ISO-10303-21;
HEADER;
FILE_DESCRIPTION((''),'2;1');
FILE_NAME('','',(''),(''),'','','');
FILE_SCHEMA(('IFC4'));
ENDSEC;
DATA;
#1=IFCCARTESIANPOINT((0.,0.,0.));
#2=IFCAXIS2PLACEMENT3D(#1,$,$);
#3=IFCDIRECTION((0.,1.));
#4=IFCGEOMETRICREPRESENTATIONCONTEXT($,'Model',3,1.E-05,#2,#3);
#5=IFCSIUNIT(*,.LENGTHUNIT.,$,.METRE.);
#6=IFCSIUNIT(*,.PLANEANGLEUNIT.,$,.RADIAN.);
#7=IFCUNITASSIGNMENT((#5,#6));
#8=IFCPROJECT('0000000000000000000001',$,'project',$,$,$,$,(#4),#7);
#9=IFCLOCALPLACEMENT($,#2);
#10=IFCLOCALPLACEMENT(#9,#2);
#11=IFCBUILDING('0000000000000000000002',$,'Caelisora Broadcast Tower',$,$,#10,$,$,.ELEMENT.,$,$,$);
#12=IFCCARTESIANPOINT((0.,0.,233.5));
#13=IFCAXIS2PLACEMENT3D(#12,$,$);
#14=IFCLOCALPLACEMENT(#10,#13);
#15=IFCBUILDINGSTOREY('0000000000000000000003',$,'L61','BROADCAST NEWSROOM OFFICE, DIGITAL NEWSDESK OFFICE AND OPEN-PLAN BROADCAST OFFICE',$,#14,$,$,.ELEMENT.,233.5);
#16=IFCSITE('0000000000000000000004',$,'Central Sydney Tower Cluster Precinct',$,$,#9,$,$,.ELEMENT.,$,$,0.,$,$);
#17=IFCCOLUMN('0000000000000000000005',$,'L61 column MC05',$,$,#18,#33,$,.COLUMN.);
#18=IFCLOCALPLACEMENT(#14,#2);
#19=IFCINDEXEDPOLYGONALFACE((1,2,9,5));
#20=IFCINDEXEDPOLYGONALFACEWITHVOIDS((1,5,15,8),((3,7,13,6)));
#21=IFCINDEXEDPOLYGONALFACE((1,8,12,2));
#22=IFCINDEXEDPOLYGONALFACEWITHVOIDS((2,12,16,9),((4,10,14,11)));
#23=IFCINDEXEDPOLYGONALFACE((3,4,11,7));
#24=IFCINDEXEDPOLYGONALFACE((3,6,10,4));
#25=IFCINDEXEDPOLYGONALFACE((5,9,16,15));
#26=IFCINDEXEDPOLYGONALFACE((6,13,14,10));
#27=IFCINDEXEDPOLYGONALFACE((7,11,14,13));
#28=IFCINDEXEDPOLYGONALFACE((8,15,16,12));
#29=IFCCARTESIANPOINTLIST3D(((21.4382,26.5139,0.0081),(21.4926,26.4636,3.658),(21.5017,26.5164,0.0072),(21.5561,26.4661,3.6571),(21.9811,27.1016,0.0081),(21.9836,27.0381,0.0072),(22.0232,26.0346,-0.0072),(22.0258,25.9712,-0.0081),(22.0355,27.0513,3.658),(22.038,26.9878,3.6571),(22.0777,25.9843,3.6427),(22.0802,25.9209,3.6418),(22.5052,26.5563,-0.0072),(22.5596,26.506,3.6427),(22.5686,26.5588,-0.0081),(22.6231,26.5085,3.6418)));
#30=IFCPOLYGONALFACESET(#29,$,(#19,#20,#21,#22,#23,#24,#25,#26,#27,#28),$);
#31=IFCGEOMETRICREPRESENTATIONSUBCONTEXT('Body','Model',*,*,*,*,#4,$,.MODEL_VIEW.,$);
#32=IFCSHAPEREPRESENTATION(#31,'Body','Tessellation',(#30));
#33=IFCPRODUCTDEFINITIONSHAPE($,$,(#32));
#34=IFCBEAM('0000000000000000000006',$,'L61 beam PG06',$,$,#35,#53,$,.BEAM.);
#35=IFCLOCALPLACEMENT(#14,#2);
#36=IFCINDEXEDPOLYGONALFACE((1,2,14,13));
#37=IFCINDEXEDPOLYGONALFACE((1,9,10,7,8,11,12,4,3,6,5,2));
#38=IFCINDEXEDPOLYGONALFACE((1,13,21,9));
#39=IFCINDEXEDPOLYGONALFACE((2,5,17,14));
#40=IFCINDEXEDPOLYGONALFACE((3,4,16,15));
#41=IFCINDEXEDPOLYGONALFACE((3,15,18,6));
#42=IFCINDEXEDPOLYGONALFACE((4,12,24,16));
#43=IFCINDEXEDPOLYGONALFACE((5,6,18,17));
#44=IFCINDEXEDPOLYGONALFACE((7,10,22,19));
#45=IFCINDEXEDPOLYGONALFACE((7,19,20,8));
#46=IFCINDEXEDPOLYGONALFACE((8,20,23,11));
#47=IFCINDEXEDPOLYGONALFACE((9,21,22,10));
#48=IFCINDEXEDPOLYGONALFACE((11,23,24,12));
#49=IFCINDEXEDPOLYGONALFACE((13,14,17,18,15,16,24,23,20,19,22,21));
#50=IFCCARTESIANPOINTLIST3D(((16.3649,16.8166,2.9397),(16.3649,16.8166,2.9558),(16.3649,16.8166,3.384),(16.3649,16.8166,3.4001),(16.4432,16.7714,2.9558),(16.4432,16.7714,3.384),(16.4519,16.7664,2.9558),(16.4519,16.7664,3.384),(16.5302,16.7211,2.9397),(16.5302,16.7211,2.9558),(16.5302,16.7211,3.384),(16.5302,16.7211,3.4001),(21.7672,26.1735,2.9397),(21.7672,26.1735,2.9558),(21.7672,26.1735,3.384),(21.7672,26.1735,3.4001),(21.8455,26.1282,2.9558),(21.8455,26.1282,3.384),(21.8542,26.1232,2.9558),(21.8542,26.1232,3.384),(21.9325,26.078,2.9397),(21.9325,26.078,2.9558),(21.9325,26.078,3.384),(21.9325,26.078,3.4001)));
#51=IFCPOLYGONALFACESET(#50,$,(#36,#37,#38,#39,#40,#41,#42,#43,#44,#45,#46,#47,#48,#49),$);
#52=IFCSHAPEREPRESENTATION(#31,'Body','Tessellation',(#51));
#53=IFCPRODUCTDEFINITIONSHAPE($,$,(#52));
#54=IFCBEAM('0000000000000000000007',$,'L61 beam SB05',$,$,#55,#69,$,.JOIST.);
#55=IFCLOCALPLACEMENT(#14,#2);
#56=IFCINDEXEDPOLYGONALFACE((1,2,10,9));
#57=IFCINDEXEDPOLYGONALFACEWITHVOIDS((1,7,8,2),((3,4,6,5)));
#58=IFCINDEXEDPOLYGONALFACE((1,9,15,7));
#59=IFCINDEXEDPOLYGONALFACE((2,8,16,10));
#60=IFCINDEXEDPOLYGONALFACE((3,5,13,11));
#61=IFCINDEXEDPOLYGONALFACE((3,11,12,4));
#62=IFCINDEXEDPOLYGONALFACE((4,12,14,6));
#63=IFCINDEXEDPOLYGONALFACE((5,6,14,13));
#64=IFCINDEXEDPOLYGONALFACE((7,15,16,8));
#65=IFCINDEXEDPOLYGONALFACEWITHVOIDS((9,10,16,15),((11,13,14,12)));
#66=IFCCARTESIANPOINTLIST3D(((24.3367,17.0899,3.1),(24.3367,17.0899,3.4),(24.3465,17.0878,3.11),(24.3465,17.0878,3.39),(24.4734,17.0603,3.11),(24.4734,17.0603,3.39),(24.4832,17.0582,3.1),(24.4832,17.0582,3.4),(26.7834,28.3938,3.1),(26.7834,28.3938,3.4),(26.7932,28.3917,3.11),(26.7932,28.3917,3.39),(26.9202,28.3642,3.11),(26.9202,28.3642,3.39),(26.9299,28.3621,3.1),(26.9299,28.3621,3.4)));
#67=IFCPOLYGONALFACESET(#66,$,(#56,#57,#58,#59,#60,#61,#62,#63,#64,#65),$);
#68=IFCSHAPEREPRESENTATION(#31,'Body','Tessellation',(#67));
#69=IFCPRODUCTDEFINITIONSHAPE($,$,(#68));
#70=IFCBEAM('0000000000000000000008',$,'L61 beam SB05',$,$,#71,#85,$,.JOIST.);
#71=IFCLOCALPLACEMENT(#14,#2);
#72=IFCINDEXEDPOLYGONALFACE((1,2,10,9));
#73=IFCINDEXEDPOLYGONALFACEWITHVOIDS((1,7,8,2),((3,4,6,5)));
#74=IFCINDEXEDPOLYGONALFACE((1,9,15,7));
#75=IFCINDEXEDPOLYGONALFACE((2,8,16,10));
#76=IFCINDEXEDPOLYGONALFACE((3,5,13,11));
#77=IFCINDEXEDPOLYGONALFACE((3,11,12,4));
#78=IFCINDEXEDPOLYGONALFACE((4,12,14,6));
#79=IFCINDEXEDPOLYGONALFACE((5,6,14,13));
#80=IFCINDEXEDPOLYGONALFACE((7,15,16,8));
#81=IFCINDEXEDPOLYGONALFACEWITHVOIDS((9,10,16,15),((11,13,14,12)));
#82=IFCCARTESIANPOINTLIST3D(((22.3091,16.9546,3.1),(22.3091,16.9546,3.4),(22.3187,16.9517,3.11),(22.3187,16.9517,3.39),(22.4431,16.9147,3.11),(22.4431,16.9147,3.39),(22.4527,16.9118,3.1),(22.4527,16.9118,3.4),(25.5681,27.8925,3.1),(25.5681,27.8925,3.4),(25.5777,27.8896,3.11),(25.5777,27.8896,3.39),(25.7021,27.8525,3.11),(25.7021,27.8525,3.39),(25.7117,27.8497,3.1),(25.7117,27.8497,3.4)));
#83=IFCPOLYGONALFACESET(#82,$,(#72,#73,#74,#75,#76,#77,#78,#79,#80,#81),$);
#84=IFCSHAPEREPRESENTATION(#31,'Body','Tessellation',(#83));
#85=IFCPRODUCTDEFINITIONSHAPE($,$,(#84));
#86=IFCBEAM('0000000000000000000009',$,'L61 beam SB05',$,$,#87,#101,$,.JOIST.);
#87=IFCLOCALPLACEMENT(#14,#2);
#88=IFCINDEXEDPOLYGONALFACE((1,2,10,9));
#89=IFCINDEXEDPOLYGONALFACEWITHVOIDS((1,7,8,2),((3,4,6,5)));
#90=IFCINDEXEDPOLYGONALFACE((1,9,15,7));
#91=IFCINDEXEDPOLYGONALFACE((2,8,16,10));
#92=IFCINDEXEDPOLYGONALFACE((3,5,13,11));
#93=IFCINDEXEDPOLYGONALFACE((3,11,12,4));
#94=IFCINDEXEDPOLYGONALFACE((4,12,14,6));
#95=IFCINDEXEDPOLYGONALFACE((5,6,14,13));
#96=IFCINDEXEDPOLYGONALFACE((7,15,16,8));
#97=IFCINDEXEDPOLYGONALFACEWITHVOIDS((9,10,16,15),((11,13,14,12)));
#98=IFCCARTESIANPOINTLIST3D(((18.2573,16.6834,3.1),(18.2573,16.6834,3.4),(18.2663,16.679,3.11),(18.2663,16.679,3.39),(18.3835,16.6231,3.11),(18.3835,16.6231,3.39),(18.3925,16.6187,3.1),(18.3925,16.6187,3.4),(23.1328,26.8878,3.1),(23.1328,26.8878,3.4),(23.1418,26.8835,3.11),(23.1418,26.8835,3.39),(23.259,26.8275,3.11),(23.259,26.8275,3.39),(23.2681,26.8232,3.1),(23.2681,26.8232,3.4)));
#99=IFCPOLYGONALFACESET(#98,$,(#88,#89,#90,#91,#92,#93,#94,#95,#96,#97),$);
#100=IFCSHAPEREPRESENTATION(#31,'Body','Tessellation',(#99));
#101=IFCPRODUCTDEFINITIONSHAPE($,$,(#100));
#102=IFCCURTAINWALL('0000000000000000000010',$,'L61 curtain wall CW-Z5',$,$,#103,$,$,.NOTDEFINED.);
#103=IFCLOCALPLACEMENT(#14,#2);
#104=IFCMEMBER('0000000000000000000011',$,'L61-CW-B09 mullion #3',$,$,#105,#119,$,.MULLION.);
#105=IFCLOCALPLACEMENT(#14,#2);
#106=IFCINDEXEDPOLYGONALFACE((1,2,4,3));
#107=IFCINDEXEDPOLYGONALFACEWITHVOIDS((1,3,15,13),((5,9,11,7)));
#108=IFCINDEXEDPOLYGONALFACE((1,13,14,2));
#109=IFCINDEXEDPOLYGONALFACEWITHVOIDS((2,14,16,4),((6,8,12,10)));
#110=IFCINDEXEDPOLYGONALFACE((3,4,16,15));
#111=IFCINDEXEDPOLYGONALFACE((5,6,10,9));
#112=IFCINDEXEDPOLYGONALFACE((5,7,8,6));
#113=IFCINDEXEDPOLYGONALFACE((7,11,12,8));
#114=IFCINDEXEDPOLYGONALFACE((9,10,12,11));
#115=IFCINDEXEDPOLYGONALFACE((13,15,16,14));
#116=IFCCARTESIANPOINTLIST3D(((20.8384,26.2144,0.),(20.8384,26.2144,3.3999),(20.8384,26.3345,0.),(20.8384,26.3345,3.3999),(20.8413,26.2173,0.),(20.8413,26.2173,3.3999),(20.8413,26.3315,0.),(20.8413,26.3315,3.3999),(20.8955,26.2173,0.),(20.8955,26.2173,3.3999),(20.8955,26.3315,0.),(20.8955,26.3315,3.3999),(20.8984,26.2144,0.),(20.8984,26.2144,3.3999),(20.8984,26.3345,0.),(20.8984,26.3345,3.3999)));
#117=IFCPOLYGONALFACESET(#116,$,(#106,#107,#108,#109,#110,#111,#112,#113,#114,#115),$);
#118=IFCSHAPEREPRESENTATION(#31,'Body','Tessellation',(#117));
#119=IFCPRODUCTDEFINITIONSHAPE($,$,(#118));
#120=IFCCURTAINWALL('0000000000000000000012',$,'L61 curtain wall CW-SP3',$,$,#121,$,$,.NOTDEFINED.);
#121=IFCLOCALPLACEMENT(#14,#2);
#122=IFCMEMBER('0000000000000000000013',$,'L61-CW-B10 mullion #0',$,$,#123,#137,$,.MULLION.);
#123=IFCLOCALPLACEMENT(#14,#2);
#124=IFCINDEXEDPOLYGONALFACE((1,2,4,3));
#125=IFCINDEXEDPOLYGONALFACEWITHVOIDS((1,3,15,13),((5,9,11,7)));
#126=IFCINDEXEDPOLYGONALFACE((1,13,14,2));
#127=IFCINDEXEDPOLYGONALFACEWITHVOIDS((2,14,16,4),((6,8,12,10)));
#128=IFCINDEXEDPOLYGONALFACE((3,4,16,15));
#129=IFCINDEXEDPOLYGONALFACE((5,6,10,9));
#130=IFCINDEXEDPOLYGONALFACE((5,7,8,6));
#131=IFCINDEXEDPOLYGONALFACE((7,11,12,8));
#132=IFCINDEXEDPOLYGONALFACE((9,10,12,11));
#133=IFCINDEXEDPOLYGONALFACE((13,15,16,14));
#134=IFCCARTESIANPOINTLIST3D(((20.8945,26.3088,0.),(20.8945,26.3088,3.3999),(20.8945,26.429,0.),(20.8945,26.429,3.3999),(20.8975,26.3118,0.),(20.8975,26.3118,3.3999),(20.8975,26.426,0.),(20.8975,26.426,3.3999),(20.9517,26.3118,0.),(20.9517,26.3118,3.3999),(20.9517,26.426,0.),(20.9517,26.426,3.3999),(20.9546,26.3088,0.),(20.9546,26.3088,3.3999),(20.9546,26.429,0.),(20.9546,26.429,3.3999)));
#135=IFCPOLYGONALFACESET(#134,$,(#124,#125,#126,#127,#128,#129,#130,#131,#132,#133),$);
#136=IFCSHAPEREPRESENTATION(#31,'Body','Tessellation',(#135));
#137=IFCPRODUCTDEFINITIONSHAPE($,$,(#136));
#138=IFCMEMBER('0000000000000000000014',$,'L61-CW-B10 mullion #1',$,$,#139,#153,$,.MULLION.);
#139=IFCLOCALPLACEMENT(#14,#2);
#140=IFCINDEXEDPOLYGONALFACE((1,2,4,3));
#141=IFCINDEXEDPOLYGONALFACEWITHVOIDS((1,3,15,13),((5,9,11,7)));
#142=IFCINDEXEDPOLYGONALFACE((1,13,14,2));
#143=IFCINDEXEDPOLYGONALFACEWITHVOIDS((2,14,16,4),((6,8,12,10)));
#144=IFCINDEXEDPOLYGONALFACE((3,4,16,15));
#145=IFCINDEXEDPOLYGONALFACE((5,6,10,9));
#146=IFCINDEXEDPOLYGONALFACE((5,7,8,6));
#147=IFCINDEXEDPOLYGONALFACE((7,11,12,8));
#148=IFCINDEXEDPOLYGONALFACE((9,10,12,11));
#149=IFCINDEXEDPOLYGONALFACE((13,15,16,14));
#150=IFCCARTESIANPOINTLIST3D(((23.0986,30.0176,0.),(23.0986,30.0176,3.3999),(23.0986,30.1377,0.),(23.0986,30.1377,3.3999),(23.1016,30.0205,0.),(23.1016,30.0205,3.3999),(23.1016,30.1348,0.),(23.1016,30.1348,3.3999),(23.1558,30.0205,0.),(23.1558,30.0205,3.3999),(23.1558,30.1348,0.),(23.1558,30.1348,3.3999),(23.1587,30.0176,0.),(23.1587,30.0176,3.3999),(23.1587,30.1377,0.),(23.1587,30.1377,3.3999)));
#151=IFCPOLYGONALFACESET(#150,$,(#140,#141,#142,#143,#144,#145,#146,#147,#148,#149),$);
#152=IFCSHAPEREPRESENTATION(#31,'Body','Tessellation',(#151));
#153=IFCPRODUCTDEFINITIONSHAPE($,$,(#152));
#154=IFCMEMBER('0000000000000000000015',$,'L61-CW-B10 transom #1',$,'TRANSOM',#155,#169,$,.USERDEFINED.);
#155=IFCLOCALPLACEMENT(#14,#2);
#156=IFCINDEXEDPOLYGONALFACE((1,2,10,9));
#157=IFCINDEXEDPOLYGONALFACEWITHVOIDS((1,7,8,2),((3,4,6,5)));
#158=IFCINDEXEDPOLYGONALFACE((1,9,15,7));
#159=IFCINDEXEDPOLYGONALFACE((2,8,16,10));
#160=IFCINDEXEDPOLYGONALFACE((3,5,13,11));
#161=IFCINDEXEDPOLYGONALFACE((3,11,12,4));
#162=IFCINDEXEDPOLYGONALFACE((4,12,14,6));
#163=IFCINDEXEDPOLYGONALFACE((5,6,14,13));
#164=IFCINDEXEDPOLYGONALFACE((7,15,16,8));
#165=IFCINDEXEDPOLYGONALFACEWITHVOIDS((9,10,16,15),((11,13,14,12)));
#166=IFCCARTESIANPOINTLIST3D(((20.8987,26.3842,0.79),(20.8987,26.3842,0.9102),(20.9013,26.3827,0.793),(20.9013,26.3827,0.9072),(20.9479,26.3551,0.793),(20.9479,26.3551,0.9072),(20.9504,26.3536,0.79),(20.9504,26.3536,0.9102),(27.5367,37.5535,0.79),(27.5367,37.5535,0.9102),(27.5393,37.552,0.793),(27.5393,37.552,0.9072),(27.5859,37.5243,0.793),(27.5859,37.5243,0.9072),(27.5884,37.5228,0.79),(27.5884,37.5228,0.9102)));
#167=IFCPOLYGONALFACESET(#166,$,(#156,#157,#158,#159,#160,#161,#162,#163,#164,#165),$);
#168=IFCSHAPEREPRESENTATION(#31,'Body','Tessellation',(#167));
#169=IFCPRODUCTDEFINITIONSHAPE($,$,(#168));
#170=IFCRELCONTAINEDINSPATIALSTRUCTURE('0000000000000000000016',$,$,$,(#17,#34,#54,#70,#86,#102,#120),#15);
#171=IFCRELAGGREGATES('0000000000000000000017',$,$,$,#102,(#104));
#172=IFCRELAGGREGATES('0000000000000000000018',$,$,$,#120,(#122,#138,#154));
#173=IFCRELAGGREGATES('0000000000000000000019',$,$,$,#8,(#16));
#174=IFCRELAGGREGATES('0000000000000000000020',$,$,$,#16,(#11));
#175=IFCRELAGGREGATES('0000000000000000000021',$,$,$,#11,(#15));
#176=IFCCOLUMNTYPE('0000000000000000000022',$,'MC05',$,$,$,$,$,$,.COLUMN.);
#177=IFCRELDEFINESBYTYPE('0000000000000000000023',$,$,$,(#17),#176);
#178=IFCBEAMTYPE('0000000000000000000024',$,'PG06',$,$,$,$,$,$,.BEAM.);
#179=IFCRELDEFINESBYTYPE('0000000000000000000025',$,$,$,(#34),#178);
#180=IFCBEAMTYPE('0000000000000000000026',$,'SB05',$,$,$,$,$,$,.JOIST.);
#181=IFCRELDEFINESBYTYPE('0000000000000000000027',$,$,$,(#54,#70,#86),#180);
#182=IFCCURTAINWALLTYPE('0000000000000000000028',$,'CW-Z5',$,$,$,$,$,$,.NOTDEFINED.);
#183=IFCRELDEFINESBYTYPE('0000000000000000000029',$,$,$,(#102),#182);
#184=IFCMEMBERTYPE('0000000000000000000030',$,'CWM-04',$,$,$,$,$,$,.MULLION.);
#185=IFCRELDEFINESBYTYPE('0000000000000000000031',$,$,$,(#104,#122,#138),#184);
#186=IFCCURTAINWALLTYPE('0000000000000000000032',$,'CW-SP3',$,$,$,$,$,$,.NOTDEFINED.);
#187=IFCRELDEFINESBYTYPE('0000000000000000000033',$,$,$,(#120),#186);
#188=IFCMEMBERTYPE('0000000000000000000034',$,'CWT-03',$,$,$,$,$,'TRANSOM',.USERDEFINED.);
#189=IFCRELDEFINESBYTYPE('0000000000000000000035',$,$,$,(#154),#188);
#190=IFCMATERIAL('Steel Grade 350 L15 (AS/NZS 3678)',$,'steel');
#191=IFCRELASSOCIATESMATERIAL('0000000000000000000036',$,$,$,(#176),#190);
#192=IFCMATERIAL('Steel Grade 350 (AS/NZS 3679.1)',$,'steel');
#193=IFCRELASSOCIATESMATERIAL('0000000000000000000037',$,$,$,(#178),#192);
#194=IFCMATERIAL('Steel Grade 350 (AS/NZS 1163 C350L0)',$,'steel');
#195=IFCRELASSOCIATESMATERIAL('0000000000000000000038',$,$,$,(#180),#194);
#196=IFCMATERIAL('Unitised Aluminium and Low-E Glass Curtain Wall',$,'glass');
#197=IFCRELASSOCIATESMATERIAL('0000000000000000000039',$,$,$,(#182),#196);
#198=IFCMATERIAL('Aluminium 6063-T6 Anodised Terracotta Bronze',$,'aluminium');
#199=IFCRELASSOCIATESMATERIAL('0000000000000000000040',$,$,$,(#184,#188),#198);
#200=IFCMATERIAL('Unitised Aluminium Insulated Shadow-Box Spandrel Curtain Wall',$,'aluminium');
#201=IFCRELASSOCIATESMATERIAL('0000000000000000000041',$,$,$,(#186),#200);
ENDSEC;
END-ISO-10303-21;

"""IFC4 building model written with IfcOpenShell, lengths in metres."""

from ifc_helpers import new_model, si_unit, direction, frame, origin, origin_2d, place, context, subcontext, project, spatial, hollow_rectangle, i_section, extrude, source, transform, mapped, material, material_profile, profile_set, type_object, type_shapes, element, aggregate, save


model = new_model("IFC4")

# Units and contexts
model_context = context("Model", 3, precision=1e-05, world=origin(), true_north=direction((0.0, 1.0)))
body_context = subcontext(model_context, "Body", "Model", "MODEL_VIEW")
ifc_project = project(units=[si_unit("LENGTHUNIT", "METRE"), si_unit("PLANEANGLEUNIT", "RADIAN")], contexts=[model_context])

# Site, building, storey
site_placement = place(None, origin())
site = spatial("IfcSite", under=ifc_project, at=site_placement, Name="Central Sydney Tower Cluster Precinct", CompositionType="ELEMENT", RefElevation=0.0)
building_placement = place(site_placement, origin())
building = spatial("IfcBuilding", under=site, at=building_placement, Name="Caelisora Broadcast Tower", CompositionType="ELEMENT")
storey_placement = place(building_placement, frame((0.0, 0.0, 233.5)))
storey = spatial("IfcBuildingStorey", under=building, at=storey_placement, Name="L61", Description="BROADCAST NEWSROOM OFFICE, DIGITAL NEWSDESK OFFICE AND OPEN-PLAN BROADCAST OFFICE", CompositionType="ELEMENT", Elevation=233.5)

# Column
ifc_material_1 = material(Name="Steel Grade 350 L15 (AS/NZS 3678)", Category="steel")
ifc_material_profile_1 = material_profile(ifc_material_1, hollow_rectangle(XDim=0.8, YDim=0.8, WallThickness=0.0449, at=origin_2d()), Name="Steel Grade 350 L15 (AS/NZS 3678)")
ifc_profile_set_1 = profile_set([ifc_material_profile_1], Name="Steel Grade 350 L15 (AS/NZS 3678)")
column_type = type_object("IfcColumnType", Name="MC05", PredefinedType="COLUMN", material=ifc_profile_set_1)
shared_shape_1 = source(origin(), body_context, "Body", "SweptSolid", [
    extrude(hollow_rectangle(XDim=0.8, YDim=0.8, WallThickness=0.0449, at=origin_2d()), origin(), (0.0, 0.0, 1.0), 3.6506),
])
type_shapes(column_type, [shared_shape_1])
column_placement = place(storey_placement, frame((22.0034, 26.5364, 0.0), z_axis=(0.014913, -0.013776, 0.999794), x_axis=(0.678554, 0.734551, 0.0)))
element("IfcColumn", 1, at=column_placement, inside=storey, type_object=column_type, Name="L61 column MC05", PredefinedType="COLUMN", context=body_context, shape_type="MappedRepresentation", body=[
    mapped(shared_shape_1, transform((0.0, 0.0, 0.0), scale=1.0)),
])

# Beams
ifc_material_2 = material(Name="Steel Grade 350 (AS/NZS 3679.1)", Category="steel")
ifc_material_profile_2 = material_profile(ifc_material_2, i_section(OverallWidth=0.1909, OverallDepth=0.4604, WebThickness=0.01, FlangeThickness=0.0161, at=origin_2d()), Name="Steel Grade 350 (AS/NZS 3679.1)")
ifc_profile_set_2 = profile_set([ifc_material_profile_2], Name="Steel Grade 350 (AS/NZS 3679.1)")
beam_type_1 = type_object("IfcBeamType", Name="PG06", PredefinedType="BEAM", material=ifc_profile_set_2)
shared_shape_2 = source(origin(), body_context, "Body", "SweptSolid", [
    extrude(i_section(OverallWidth=0.1909, OverallDepth=0.4604, WebThickness=0.01, FlangeThickness=0.0161, at=origin_2d()), origin(), (0.0, 0.0, 1.0), 10.8044),
])
type_shapes(beam_type_1, [shared_shape_2])
beam_1_placement = place(storey_placement, frame((21.8499, 26.1257, 3.1699), z_axis=(-0.500008, -0.866021, 0.0), x_axis=(0.866021, -0.500008, 0.0)))
element("IfcBeam", 2, at=beam_1_placement, inside=storey, type_object=beam_type_1, Name="L61 beam PG06", PredefinedType="BEAM", context=body_context, shape_type="MappedRepresentation", body=[
    mapped(shared_shape_2, transform((0.0, 0.0, 0.0), scale=1.0)),
])
ifc_material_3 = material(Name="Steel Grade 350 (AS/NZS 1163 C350L0)", Category="steel")
ifc_material_profile_3 = material_profile(ifc_material_3, hollow_rectangle(XDim=0.1499, YDim=0.3, WallThickness=0.01, at=origin_2d()), Name="Steel Grade 350 (AS/NZS 1163 C350L0)")
ifc_profile_set_3 = profile_set([ifc_material_profile_3], Name="Steel Grade 350 (AS/NZS 1163 C350L0)")
beam_type_2 = type_object("IfcBeamType", Name="SB05", PredefinedType="JOIST", material=ifc_profile_set_3)
shared_shape_3 = source(origin(), body_context, "Body", "SweptSolid", [
    extrude(hollow_rectangle(XDim=0.1499, YDim=0.3, WallThickness=0.01, at=origin_2d()), origin(), (0.0, 0.0, 1.0), 11.5657),
])
beam_2_placement = place(storey_placement, frame((26.8567, 28.3779, 3.25), z_axis=(-0.211554, -0.977366, 0.0), x_axis=(0.977366, -0.211554, 0.0)))
element("IfcBeam", 3, at=beam_2_placement, inside=storey, type_object=beam_type_2, Name="L61 beam SB05", PredefinedType="JOIST", context=body_context, shape_type="MappedRepresentation", body=[
    mapped(shared_shape_3, transform((0.0, 0.0, 0.0), scale=1.0)),
])
shared_shape_4 = source(origin(), body_context, "Body", "SweptSolid", [
    extrude(hollow_rectangle(XDim=0.1499, YDim=0.3, WallThickness=0.01, at=origin_2d()), origin(), (0.0, 0.0, 1.0), 11.4131),
])
beam_3_placement = place(storey_placement, frame((25.6399, 27.8711, 3.25), z_axis=(-0.28555, -0.958364, 0.0), x_axis=(0.958364, -0.28555, 0.0)))
element("IfcBeam", 4, at=beam_3_placement, inside=storey, type_object=beam_type_2, Name="L61 beam SB05", PredefinedType="JOIST", context=body_context, shape_type="MappedRepresentation", body=[
    mapped(shared_shape_4, transform((0.0, 0.0, 0.0), scale=1.0)),
])
shared_shape_5 = source(origin(), body_context, "Body", "SweptSolid", [
    extrude(hollow_rectangle(XDim=0.1499, YDim=0.3, WallThickness=0.01, at=origin_2d()), origin(), (0.0, 0.0, 1.0), 11.3093),
])
type_shapes(beam_type_2, [shared_shape_3, shared_shape_4, shared_shape_5])
beam_4_placement = place(storey_placement, frame((23.2004, 26.8555, 3.25), z_axis=(-0.431106, -0.902301, 0.0), x_axis=(0.902301, -0.431106, 0.0)))
element("IfcBeam", 5, at=beam_4_placement, inside=storey, type_object=beam_type_2, Name="L61 beam SB05", PredefinedType="JOIST", context=body_context, shape_type="MappedRepresentation", body=[
    mapped(shared_shape_5, transform((0.0, 0.0, 0.0), scale=1.0)),
])

# Curtain wall, member
ifc_material_4 = material(Name="Unitised Aluminium and Low-E Glass Curtain Wall", Category="glass")
curtain_wall_type_1 = type_object("IfcCurtainWallType", Name="CW-Z5", PredefinedType="NOTDEFINED", material=ifc_material_4)
curtain_wall_1_placement = place(storey_placement, origin())
curtain_wall_1 = element("IfcCurtainWall", 6, at=curtain_wall_1_placement, inside=storey, type_object=curtain_wall_type_1, Name="L61 curtain wall CW-Z5", PredefinedType="NOTDEFINED")
ifc_material_5 = material(Name="Aluminium 6063-T6 Anodised Terracotta Bronze", Category="aluminium")
ifc_material_profile_4 = material_profile(ifc_material_5, hollow_rectangle(XDim=0.0601, YDim=0.1201, WallThickness=0.0029, at=origin_2d()), Name="Aluminium 6063-T6 Anodised Terracotta Bronze")
ifc_profile_set_4 = profile_set([ifc_material_profile_4], Name="Aluminium 6063-T6 Anodised Terracotta Bronze")
member_type_1 = type_object("IfcMemberType", Name="CWM-04", PredefinedType="MULLION", material=ifc_profile_set_4)
shared_shape_6 = source(origin(), body_context, "Body", "SweptSolid", [
    extrude(hollow_rectangle(XDim=0.0601, YDim=0.1201, WallThickness=0.0029, at=origin_2d()), origin(), (0.0, 0.0, 1.0), 3.3999),
])
type_shapes(member_type_1, [shared_shape_6])
member_1_placement = place(storey_placement, frame((20.8684, 26.2744, 0.0), z_axis=(0.0, 0.0, 1.0), x_axis=(1.0, 0.0, 0.0)))
member_1 = element("IfcMember", 7, at=member_1_placement, type_object=member_type_1, Name="L61-CW-B09 mullion #3", PredefinedType="MULLION", context=body_context, shape_type="MappedRepresentation", body=[
    mapped(shared_shape_6, transform((0.0, 0.0, 0.0), scale=1.0)),
])

# Curtain wall, members
ifc_material_6 = material(Name="Unitised Aluminium Insulated Shadow-Box Spandrel Curtain Wall", Category="aluminium")
curtain_wall_type_2 = type_object("IfcCurtainWallType", Name="CW-SP3", PredefinedType="NOTDEFINED", material=ifc_material_6)
curtain_wall_2_placement = place(storey_placement, origin())
curtain_wall_2 = element("IfcCurtainWall", 8, at=curtain_wall_2_placement, inside=storey, type_object=curtain_wall_type_2, Name="L61 curtain wall CW-SP3", PredefinedType="NOTDEFINED")
member_2_placement = place(storey_placement, frame((20.9246, 26.3689, 0.0), z_axis=(0.0, 0.0, 1.0), x_axis=(1.0, 0.0, 0.0)))
member_2 = element("IfcMember", 9, at=member_2_placement, type_object=member_type_1, Name="L61-CW-B10 mullion #0", PredefinedType="MULLION", context=body_context, shape_type="MappedRepresentation", body=[
    mapped(shared_shape_6, transform((0.0, 0.0, 0.0), scale=1.0)),
])
member_3_placement = place(storey_placement, frame((23.1287, 30.0776, 0.0), z_axis=(0.0, 0.0, 1.0), x_axis=(1.0, 0.0, 0.0)))
member_3 = element("IfcMember", 10, at=member_3_placement, type_object=member_type_1, Name="L61-CW-B10 mullion #1", PredefinedType="MULLION", context=body_context, shape_type="MappedRepresentation", body=[
    mapped(shared_shape_6, transform((0.0, 0.0, 0.0), scale=1.0)),
])
ifc_material_profile_5 = material_profile(ifc_material_5, hollow_rectangle(XDim=0.0601, YDim=0.1201, WallThickness=0.0029, at=origin_2d()), Name="Aluminium 6063-T6 Anodised Terracotta Bronze")
ifc_profile_set_5 = profile_set([ifc_material_profile_5], Name="Aluminium 6063-T6 Anodised Terracotta Bronze")
member_type_2 = type_object("IfcMemberType", Name="CWT-03", ElementType="TRANSOM", PredefinedType="USERDEFINED", material=ifc_profile_set_5)
shared_shape_7 = source(origin(), body_context, "Body", "SweptSolid", [
    extrude(hollow_rectangle(XDim=0.0601, YDim=0.1201, WallThickness=0.0029, at=origin_2d()), origin(), (0.0, 0.0, 1.0), 12.9929),
])
type_shapes(member_type_2, [shared_shape_7])
member_4_placement = place(storey_placement, frame((20.9246, 26.3689, 0.8501), z_axis=(0.510893, 0.859644, 0.0), x_axis=(-0.859644, 0.510893, 0.0)))
member_4 = element("IfcMember", 11, at=member_4_placement, type_object=member_type_2, Name="L61-CW-B10 transom #1", ObjectType="TRANSOM", PredefinedType="USERDEFINED", context=body_context, shape_type="MappedRepresentation", body=[
    mapped(shared_shape_7, transform((0.0, 0.0, 0.0), scale=1.0)),
])

aggregate(curtain_wall_1, [member_1])
aggregate(curtain_wall_2, [member_2, member_3, member_4])

save(model, "model.ifc")
